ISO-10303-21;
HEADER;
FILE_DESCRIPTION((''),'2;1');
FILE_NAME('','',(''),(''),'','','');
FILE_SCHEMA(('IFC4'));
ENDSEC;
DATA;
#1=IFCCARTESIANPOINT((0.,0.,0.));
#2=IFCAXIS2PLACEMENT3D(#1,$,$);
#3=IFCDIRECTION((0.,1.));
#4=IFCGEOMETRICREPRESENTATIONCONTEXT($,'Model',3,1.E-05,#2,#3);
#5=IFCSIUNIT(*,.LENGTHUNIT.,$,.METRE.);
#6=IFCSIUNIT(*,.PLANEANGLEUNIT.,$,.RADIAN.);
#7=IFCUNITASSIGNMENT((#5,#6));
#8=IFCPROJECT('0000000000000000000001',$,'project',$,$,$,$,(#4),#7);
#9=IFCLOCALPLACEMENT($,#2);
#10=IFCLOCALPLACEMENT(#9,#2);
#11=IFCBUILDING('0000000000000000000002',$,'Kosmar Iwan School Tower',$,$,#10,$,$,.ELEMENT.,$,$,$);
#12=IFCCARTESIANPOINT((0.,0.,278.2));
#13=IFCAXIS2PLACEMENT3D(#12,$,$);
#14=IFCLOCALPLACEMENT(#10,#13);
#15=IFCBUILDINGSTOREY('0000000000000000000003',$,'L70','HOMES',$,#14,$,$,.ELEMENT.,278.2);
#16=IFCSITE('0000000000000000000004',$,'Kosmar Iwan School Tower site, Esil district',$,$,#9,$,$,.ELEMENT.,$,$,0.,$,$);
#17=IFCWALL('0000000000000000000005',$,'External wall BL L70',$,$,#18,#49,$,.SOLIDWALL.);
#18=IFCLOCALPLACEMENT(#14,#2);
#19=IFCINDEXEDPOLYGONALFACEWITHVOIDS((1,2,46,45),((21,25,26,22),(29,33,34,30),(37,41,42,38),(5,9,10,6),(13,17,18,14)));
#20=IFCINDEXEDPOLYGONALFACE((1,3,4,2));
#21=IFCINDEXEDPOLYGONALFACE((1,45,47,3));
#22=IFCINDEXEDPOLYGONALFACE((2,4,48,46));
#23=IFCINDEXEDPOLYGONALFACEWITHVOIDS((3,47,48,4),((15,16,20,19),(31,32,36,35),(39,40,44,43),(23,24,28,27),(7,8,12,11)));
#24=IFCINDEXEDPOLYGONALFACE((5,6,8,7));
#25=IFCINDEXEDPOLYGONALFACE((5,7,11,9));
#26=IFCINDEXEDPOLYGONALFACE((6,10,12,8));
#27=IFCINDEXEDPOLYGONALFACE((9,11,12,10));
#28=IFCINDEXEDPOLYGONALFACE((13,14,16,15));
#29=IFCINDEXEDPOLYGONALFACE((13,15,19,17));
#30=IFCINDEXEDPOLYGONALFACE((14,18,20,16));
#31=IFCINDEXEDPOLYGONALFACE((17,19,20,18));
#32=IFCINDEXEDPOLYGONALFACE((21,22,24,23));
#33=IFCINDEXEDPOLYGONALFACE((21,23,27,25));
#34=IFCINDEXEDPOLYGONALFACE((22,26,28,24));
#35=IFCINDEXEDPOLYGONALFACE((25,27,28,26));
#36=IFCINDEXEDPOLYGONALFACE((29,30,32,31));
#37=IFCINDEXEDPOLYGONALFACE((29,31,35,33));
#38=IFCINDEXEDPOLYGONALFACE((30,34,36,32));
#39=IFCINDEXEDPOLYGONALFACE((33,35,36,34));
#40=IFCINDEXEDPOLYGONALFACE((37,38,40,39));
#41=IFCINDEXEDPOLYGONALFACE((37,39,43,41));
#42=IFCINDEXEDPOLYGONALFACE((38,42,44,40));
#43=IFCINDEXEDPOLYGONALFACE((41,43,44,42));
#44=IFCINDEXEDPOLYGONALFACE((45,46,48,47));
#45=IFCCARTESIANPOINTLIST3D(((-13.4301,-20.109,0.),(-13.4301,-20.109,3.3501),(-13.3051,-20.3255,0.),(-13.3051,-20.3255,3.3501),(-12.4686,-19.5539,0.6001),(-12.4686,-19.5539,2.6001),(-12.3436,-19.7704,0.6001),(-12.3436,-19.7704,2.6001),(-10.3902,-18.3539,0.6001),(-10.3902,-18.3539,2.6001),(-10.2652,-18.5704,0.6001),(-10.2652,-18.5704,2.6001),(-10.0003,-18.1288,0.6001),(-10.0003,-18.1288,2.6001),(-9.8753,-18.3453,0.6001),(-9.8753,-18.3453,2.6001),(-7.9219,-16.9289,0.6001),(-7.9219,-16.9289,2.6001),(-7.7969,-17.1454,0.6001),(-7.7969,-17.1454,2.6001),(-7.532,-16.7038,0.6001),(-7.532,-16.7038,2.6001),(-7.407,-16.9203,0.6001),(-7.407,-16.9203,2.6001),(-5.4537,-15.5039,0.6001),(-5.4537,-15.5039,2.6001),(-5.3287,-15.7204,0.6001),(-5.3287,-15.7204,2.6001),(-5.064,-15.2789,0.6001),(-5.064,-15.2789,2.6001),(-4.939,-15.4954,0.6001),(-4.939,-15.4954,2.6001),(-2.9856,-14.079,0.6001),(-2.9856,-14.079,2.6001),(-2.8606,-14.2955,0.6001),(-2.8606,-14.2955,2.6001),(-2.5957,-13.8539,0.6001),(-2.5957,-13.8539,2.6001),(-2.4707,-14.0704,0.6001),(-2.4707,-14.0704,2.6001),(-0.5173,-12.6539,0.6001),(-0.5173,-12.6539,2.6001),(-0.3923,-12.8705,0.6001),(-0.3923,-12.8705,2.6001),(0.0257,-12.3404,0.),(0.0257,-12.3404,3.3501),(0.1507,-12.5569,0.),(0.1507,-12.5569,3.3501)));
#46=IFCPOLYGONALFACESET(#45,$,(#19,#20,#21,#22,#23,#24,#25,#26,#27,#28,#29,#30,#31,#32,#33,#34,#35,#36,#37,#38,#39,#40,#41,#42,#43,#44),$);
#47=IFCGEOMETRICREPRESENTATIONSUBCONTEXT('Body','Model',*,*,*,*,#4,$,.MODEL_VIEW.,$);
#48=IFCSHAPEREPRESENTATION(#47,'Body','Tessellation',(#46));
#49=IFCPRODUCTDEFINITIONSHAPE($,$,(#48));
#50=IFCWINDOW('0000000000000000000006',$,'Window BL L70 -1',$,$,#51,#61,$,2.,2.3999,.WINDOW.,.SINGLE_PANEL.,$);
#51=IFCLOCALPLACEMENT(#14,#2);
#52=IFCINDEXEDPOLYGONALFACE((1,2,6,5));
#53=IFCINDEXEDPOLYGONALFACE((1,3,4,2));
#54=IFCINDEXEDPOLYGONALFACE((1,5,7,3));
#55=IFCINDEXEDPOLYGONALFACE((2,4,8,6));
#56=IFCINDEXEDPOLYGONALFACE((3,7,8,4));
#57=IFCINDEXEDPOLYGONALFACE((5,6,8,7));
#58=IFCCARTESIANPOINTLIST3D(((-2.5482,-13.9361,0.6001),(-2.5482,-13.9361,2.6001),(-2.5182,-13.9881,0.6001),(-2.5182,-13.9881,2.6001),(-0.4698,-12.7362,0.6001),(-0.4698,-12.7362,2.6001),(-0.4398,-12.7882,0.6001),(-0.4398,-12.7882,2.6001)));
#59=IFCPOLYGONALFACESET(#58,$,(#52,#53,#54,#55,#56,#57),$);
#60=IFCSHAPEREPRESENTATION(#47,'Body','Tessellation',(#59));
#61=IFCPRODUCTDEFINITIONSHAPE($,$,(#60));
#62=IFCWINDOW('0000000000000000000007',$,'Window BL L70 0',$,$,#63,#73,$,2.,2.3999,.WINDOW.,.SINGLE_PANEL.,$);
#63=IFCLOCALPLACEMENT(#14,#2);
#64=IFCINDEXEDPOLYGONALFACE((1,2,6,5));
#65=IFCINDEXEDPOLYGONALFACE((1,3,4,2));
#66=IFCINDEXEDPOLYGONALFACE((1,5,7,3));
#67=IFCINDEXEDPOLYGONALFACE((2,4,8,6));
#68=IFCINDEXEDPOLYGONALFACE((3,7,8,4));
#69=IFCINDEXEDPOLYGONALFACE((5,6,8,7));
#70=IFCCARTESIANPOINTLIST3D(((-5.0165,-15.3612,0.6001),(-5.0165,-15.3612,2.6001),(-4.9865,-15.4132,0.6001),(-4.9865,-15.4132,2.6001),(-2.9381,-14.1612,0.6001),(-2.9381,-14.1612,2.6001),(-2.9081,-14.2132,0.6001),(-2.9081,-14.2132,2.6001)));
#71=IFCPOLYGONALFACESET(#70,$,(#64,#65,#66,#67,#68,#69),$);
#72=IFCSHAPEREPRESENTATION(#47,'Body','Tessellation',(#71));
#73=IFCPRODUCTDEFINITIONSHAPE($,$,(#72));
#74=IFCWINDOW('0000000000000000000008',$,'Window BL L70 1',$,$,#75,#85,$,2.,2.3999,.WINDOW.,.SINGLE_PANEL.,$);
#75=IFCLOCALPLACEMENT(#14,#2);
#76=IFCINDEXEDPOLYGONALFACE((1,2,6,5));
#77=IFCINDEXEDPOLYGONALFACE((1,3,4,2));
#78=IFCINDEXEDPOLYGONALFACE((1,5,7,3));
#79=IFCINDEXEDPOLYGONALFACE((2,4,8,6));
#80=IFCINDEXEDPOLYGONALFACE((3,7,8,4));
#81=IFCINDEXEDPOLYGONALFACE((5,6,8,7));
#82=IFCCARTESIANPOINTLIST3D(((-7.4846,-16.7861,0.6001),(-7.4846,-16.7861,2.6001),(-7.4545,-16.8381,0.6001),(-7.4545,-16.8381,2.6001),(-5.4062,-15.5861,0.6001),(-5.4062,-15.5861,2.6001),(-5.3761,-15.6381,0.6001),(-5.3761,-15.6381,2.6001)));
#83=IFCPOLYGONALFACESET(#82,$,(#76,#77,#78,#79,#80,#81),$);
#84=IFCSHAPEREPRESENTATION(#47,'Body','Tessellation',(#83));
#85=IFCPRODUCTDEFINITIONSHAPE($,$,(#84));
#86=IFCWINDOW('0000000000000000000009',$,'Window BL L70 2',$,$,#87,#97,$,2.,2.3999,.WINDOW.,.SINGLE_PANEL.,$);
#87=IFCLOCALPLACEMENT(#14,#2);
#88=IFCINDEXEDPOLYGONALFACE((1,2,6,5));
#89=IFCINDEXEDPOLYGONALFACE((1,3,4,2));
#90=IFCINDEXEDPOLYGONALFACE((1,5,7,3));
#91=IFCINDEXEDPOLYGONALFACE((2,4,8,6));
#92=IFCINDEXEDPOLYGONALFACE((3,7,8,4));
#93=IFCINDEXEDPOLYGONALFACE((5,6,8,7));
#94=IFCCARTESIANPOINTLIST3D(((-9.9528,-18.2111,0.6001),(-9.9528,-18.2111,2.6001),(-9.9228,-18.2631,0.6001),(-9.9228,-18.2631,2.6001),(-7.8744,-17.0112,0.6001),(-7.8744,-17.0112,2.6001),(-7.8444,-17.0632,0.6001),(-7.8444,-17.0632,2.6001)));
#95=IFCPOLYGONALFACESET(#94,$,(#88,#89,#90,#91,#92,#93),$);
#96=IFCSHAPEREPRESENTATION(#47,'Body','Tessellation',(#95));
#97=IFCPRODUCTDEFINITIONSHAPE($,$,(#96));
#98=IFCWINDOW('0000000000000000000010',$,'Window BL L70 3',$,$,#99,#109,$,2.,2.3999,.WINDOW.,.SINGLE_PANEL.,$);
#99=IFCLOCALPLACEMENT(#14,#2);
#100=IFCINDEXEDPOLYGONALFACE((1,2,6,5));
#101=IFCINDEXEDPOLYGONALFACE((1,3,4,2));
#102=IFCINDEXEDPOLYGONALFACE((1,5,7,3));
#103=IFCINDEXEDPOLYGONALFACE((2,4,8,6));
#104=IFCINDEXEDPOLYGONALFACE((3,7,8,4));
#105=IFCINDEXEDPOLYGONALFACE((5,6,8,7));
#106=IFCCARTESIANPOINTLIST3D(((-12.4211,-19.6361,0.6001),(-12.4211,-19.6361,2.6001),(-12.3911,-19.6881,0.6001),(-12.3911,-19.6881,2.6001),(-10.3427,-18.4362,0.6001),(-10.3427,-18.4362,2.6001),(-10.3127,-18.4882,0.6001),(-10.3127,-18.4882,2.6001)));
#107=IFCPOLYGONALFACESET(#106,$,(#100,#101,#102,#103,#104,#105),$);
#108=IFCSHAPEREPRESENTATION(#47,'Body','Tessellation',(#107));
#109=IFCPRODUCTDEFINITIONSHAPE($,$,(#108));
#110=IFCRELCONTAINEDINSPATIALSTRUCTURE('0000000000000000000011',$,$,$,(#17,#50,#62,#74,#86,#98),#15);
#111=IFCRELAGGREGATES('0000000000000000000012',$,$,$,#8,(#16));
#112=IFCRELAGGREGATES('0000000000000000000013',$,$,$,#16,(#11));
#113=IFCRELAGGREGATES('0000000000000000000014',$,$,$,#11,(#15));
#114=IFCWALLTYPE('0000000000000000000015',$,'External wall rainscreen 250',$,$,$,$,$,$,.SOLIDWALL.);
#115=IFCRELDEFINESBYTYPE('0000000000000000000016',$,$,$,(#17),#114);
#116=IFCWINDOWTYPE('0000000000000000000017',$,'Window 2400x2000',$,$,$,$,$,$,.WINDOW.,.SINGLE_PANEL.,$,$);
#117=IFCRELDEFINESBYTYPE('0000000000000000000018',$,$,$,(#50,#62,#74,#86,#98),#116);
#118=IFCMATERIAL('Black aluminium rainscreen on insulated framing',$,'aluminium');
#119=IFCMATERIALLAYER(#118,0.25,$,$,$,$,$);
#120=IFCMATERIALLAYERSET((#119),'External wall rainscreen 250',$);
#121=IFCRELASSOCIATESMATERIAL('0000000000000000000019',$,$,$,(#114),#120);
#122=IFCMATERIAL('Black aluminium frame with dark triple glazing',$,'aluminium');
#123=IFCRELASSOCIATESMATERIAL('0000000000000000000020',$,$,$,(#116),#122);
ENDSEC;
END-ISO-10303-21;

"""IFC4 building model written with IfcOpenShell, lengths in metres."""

from ifc_helpers import new_model, si_unit, direction, frame, frame_2d, origin, place, context, subcontext, project, spatial, rectangle, extrude, material, layer, layer_set, type_object, element, fill, save


model = new_model("IFC4")

# Units and contexts
model_context = context("Model", 3, precision=1e-05, world=origin(), true_north=direction((0.0, 1.0)))
body_context = subcontext(model_context, "Body", "Model", "MODEL_VIEW")
ifc_project = project(units=[si_unit("LENGTHUNIT", "METRE"), si_unit("PLANEANGLEUNIT", "RADIAN")], contexts=[model_context])

# Site, building, storey
site_placement = place(None, origin())
site = spatial("IfcSite", under=ifc_project, at=site_placement, Name="Kosmar Iwan School Tower site, Esil district", CompositionType="ELEMENT", RefElevation=0.0)
building_placement = place(site_placement, origin())
building = spatial("IfcBuilding", under=site, at=building_placement, Name="Kosmar Iwan School Tower", CompositionType="ELEMENT")
storey_placement = place(building_placement, frame((0.0, 0.0, 278.2)))
storey = spatial("IfcBuildingStorey", under=building, at=storey_placement, Name="L70", Description="HOMES", CompositionType="ELEMENT", Elevation=278.2)

# Wall, openings, windows
ifc_material_1 = material(Name="Black aluminium rainscreen on insulated framing", Category="aluminium")
ifc_layer_1 = layer(ifc_material_1, 0.25)
ifc_layer_set_1 = layer_set([ifc_layer_1], Name="External wall rainscreen 250")
wall_type_1 = type_object("IfcWallType", Name="External wall rainscreen 250", PredefinedType="SOLIDWALL", material=ifc_layer_set_1)
wall_1_placement = place(storey_placement, frame((0.0881, -12.4487, 0.0), z_axis=(0.0, 0.0, 1.0), x_axis=(-0.86603, -0.499992, 0.0)))
wall_1 = element("IfcWall", 1, at=wall_1_placement, inside=storey, type_object=wall_type_1, Name="External wall BL L70", PredefinedType="SOLIDWALL", context=body_context, shape_type="SweptSolid", body=[
    extrude(rectangle(XDim=15.5374, YDim=0.25, at=frame_2d((7.7686, 0.0))), origin(), (0.0, 0.0, 1.0), 3.3501),
])
opening_1_placement = place(wall_1_placement, frame((0.627, 0.0, 0.6001)))
opening_1 = element("IfcOpeningElement", 2, at=opening_1_placement, cuts=wall_1, PredefinedType="OPENING", context=body_context, shape_type="SweptSolid", body=[
    extrude(rectangle(XDim=2.3999, YDim=2.0, at=frame_2d((1.2, 1.0))), frame((0.0, 0.137, 0.0), z_axis=(0.0, -1.0, 0.0), x_axis=(1.0, 0.0, 0.0)), (0.0, 0.0, 1.0), 0.2739),
])
opening_2_placement = place(wall_1_placement, frame((3.4771, 0.0, 0.6001)))
opening_2 = element("IfcOpeningElement", 3, at=opening_2_placement, cuts=wall_1, PredefinedType="OPENING", context=body_context, shape_type="SweptSolid", body=[
    extrude(rectangle(XDim=2.3999, YDim=2.0, at=frame_2d((1.2, 1.0))), frame((0.0, 0.137, 0.0), z_axis=(0.0, -1.0, 0.0), x_axis=(1.0, 0.0, 0.0)), (0.0, 0.0, 1.0), 0.2739),
])
opening_3_placement = place(wall_1_placement, frame((6.3269, 0.0, 0.6001)))
opening_3 = element("IfcOpeningElement", 4, at=opening_3_placement, cuts=wall_1, PredefinedType="OPENING", context=body_context, shape_type="SweptSolid", body=[
    extrude(rectangle(XDim=2.3999, YDim=2.0, at=frame_2d((1.2, 1.0))), frame((0.0, 0.137, 0.0), z_axis=(0.0, -1.0, 0.0), x_axis=(1.0, 0.0, 0.0)), (0.0, 0.0, 1.0), 0.2739),
])
opening_4_placement = place(wall_1_placement, frame((9.177, 0.0, 0.6001)))
opening_4 = element("IfcOpeningElement", 5, at=opening_4_placement, cuts=wall_1, PredefinedType="OPENING", context=body_context, shape_type="SweptSolid", body=[
    extrude(rectangle(XDim=2.3999, YDim=2.0, at=frame_2d((1.2, 1.0))), frame((0.0, 0.137, 0.0), z_axis=(0.0, -1.0, 0.0), x_axis=(1.0, 0.0, 0.0)), (0.0, 0.0, 1.0), 0.2739),
])
opening_5_placement = place(wall_1_placement, frame((12.0271, 0.0, 0.6001)))
opening_5 = element("IfcOpeningElement", 6, at=opening_5_placement, cuts=wall_1, PredefinedType="OPENING", context=body_context, shape_type="SweptSolid", body=[
    extrude(rectangle(XDim=2.3999, YDim=2.0, at=frame_2d((1.2, 1.0))), frame((0.0, 0.137, 0.0), z_axis=(0.0, -1.0, 0.0), x_axis=(1.0, 0.0, 0.0)), (0.0, 0.0, 1.0), 0.2739),
])
ifc_material_2 = material(Name="Black aluminium frame with dark triple glazing", Category="aluminium")
window_type = type_object("IfcWindowType", Name="Window 2400x2000", PartitioningType="SINGLE_PANEL", PredefinedType="WINDOW", material=ifc_material_2)
window_1_placement = place(opening_1_placement, origin())
window_1 = element("IfcWindow", 7, at=window_1_placement, inside=storey, type_object=window_type, Name="Window BL L70 -1", OverallHeight=2.0, OverallWidth=2.3999, PartitioningType="SINGLE_PANEL", PredefinedType="WINDOW", context=body_context, shape_type="SweptSolid", body=[
    extrude(rectangle(XDim=2.3999, YDim=2.0, at=frame_2d((1.2, 1.0))), frame((0.0, 0.03, 0.0), z_axis=(0.0, -1.0, 0.0), x_axis=(1.0, 0.0, 0.0)), (0.0, 0.0, 1.0), 0.0601),
])
fill(opening_1, window_1)
window_2_placement = place(opening_2_placement, origin())
window_2 = element("IfcWindow", 8, at=window_2_placement, inside=storey, type_object=window_type, Name="Window BL L70 0", OverallHeight=2.0, OverallWidth=2.3999, PartitioningType="SINGLE_PANEL", PredefinedType="WINDOW", context=body_context, shape_type="SweptSolid", body=[
    extrude(rectangle(XDim=2.3999, YDim=2.0, at=frame_2d((1.2, 1.0))), frame((0.0, 0.03, 0.0), z_axis=(0.0, -1.0, 0.0), x_axis=(1.0, 0.0, 0.0)), (0.0, 0.0, 1.0), 0.0601),
])
fill(opening_2, window_2)
window_3_placement = place(opening_3_placement, origin())
window_3 = element("IfcWindow", 9, at=window_3_placement, inside=storey, type_object=window_type, Name="Window BL L70 1", OverallHeight=2.0, OverallWidth=2.3999, PartitioningType="SINGLE_PANEL", PredefinedType="WINDOW", context=body_context, shape_type="SweptSolid", body=[
    extrude(rectangle(XDim=2.3999, YDim=2.0, at=frame_2d((1.2, 1.0))), frame((0.0, 0.03, 0.0), z_axis=(0.0, -1.0, 0.0), x_axis=(1.0, 0.0, 0.0)), (0.0, 0.0, 1.0), 0.0601),
])
fill(opening_3, window_3)
window_4_placement = place(opening_4_placement, origin())
window_4 = element("IfcWindow", 10, at=window_4_placement, inside=storey, type_object=window_type, Name="Window BL L70 2", OverallHeight=2.0, OverallWidth=2.3999, PartitioningType="SINGLE_PANEL", PredefinedType="WINDOW", context=body_context, shape_type="SweptSolid", body=[
    extrude(rectangle(XDim=2.3999, YDim=2.0, at=frame_2d((1.2, 1.0))), frame((0.0, 0.03, 0.0), z_axis=(0.0, -1.0, 0.0), x_axis=(1.0, 0.0, 0.0)), (0.0, 0.0, 1.0), 0.0601),
])
fill(opening_4, window_4)
window_5_placement = place(opening_5_placement, origin())
window_5 = element("IfcWindow", 11, at=window_5_placement, inside=storey, type_object=window_type, Name="Window BL L70 3", OverallHeight=2.0, OverallWidth=2.3999, PartitioningType="SINGLE_PANEL", PredefinedType="WINDOW", context=body_context, shape_type="SweptSolid", body=[
    extrude(rectangle(XDim=2.3999, YDim=2.0, at=frame_2d((1.2, 1.0))), frame((0.0, 0.03, 0.0), z_axis=(0.0, -1.0, 0.0), x_axis=(1.0, 0.0, 0.0)), (0.0, 0.0, 1.0), 0.0601),
])
fill(opening_5, window_5)

save(model, "model.ifc")
